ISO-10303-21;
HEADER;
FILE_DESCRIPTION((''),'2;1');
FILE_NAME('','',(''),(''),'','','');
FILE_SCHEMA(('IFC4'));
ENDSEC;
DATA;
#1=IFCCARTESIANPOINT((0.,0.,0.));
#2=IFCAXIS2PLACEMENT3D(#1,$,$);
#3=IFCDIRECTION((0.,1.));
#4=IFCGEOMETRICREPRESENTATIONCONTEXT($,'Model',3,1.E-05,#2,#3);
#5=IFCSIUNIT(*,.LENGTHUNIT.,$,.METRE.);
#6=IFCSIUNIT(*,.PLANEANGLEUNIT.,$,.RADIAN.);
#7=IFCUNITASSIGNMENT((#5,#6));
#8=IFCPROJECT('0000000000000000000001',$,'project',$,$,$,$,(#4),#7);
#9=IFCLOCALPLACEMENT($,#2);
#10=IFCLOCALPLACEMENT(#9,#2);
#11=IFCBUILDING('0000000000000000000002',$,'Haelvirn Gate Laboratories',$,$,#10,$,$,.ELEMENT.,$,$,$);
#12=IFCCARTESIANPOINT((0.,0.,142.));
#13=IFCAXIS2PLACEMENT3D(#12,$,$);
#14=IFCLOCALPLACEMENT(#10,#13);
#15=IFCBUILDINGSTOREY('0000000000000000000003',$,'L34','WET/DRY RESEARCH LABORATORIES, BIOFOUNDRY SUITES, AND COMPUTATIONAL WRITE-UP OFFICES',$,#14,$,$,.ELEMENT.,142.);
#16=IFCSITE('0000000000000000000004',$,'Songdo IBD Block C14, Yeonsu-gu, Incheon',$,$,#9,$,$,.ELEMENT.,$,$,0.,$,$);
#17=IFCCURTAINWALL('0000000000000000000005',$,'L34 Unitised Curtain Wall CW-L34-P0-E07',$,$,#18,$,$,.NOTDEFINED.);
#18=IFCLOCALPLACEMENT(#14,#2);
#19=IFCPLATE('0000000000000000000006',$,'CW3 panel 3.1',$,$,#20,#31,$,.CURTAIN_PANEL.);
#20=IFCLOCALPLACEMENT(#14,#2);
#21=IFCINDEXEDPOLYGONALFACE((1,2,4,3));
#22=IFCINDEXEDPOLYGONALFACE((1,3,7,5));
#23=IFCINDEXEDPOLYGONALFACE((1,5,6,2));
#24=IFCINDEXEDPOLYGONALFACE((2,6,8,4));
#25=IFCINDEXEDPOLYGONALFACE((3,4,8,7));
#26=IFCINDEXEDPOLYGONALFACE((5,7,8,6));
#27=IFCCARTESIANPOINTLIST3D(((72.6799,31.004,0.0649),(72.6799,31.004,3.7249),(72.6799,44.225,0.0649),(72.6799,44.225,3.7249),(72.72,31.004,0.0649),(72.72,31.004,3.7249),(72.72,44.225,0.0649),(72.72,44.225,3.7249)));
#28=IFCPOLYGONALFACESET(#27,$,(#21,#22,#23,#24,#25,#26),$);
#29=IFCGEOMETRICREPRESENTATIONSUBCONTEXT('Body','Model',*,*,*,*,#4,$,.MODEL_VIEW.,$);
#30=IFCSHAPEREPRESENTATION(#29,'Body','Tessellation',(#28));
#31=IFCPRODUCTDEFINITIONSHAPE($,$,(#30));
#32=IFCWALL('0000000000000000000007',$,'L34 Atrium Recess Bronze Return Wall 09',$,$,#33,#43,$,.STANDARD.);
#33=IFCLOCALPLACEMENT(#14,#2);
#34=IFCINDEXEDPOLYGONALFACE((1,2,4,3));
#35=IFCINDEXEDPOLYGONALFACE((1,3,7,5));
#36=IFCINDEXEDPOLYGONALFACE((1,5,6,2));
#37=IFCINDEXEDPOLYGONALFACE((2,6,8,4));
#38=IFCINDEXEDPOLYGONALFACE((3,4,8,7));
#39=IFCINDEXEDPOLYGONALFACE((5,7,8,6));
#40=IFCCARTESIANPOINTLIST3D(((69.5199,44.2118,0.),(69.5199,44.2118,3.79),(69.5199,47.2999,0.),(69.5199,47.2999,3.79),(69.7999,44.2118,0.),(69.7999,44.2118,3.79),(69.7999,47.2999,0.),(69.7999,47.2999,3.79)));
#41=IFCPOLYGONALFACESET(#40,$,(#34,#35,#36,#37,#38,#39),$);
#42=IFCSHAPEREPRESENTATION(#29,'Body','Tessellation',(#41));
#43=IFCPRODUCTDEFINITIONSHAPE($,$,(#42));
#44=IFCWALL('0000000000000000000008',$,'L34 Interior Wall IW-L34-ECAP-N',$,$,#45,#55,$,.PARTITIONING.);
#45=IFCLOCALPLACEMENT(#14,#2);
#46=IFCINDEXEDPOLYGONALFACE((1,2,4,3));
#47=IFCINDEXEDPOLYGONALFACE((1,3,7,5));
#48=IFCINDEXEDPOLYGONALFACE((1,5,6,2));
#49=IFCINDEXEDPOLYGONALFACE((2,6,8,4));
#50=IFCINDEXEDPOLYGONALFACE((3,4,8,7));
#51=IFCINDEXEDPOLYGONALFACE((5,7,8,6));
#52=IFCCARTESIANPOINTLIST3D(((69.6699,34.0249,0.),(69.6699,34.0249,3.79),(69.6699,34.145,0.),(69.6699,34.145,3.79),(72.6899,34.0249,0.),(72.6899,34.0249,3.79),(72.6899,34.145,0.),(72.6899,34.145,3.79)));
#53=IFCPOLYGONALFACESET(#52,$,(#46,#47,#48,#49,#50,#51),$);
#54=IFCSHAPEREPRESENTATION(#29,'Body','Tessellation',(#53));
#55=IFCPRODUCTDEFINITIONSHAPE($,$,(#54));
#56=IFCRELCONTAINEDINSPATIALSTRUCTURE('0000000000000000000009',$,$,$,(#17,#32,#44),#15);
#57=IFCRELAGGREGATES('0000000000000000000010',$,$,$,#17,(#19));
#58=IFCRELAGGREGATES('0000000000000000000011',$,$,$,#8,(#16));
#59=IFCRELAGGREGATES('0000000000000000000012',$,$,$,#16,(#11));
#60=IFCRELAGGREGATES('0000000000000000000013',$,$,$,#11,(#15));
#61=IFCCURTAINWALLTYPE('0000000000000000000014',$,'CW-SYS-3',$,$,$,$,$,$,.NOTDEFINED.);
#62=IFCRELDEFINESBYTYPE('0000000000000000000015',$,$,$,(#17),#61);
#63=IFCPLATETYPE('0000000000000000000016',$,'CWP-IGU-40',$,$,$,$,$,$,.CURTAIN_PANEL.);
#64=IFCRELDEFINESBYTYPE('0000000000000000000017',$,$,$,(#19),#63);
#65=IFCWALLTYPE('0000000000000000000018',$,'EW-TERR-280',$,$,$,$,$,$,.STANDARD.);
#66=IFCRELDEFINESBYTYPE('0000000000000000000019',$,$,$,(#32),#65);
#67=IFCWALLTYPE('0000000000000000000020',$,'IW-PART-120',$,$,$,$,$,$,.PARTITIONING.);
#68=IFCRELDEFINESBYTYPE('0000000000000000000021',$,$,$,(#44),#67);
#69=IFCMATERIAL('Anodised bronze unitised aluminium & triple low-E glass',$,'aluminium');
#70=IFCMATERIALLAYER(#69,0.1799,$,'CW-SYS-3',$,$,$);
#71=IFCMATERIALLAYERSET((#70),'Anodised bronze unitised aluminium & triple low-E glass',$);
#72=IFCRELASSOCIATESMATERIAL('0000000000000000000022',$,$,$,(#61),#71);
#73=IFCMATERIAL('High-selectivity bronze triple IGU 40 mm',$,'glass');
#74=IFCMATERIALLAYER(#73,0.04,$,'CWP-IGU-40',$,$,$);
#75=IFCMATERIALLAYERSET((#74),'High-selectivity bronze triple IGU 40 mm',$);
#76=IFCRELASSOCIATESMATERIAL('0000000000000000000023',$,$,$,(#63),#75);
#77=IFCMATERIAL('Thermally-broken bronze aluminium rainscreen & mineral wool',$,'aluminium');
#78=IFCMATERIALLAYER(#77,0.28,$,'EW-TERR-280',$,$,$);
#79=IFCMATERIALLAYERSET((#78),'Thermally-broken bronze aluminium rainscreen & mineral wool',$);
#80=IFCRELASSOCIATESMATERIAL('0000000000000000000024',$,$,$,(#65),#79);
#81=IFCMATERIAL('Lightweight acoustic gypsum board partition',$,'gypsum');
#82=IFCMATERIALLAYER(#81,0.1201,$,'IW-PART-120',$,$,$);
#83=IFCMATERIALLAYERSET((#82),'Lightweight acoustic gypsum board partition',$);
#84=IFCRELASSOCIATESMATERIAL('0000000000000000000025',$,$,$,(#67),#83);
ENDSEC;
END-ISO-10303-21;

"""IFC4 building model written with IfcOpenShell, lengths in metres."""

from ifc_helpers import new_model, si_unit, direction, frame, frame_2d, origin, origin_2d, place, context, subcontext, project, spatial, rectangle, extrude, source, transform, mapped, material, layer, layer_set, type_object, element, aggregate, save


model = new_model("IFC4")

# Units and contexts
model_context = context("Model", 3, precision=1e-05, world=origin(), true_north=direction((0.0, 1.0)))
body_context = subcontext(model_context, "Body", "Model", "MODEL_VIEW")
ifc_project = project(units=[si_unit("LENGTHUNIT", "METRE"), si_unit("PLANEANGLEUNIT", "RADIAN")], contexts=[model_context])

# Site, building, storey
site_placement = place(None, origin())
site = spatial("IfcSite", under=ifc_project, at=site_placement, Name="Songdo IBD Block C14, Yeonsu-gu, Incheon", CompositionType="ELEMENT", RefElevation=0.0)
building_placement = place(site_placement, origin())
building = spatial("IfcBuilding", under=site, at=building_placement, Name="Haelvirn Gate Laboratories", CompositionType="ELEMENT")
storey_placement = place(building_placement, frame((0.0, 0.0, 142.0)))
storey = spatial("IfcBuildingStorey", under=building, at=storey_placement, Name="L34", Description="WET/DRY RESEARCH LABORATORIES, BIOFOUNDRY SUITES, AND COMPUTATIONAL WRITE-UP OFFICES", CompositionType="ELEMENT", Elevation=142.0)

# Shared definitions
ifc_material_1 = material(Name="Anodised bronze unitised aluminium & triple low-E glass", Category="aluminium")
ifc_layer_1 = layer(ifc_material_1, 0.1799, Name="CW-SYS-3")
ifc_layer_set_1 = layer_set([ifc_layer_1], Name="Anodised bronze unitised aluminium & triple low-E glass")
curtain_wall_type_1 = type_object("IfcCurtainWallType", Name="CW-SYS-3", PredefinedType="NOTDEFINED", material=ifc_layer_set_1)

# Curtain wall
curtain_wall_1_placement = place(storey_placement, origin())
curtain_wall_1 = element("IfcCurtainWall", 1, at=curtain_wall_1_placement, inside=storey, type_object=curtain_wall_type_1, Name="L34 Unitised Curtain Wall CW-L34-P0-E07", PredefinedType="NOTDEFINED")

# Plate
ifc_material_2 = material(Name="High-selectivity bronze triple IGU 40 mm", Category="glass")
ifc_layer_2 = layer(ifc_material_2, 0.04, Name="CWP-IGU-40")
ifc_layer_set_2 = layer_set([ifc_layer_2], Name="High-selectivity bronze triple IGU 40 mm")
plate_type_1 = type_object("IfcPlateType", Name="CWP-IGU-40", PredefinedType="CURTAIN_PANEL", material=ifc_layer_set_2)
shared_shape_1 = source(origin(), body_context, "Body", "SweptSolid", [
    extrude(rectangle(XDim=13.2209, YDim=0.04, at=origin_2d()), origin(), (0.0, 0.0, 1.0), 3.6599),
])
plate_1_placement = place(storey_placement, frame((72.7, 37.6145, 0.0649), z_axis=(0.0, 0.0, 1.0), x_axis=(0.0, 1.0, 0.0)))
plate_1 = element("IfcPlate", 2, at=plate_1_placement, type_object=plate_type_1, Name="CW3 panel 3.1", PredefinedType="CURTAIN_PANEL", context=body_context, shape_type="MappedRepresentation", body=[
    mapped(shared_shape_1, transform((0.0, 0.0, 0.0), scale=1.0)),
])
aggregate(curtain_wall_1, [plate_1])

# Walls
ifc_material_3 = material(Name="Thermally-broken bronze aluminium rainscreen & mineral wool", Category="aluminium")
ifc_layer_3 = layer(ifc_material_3, 0.28, Name="EW-TERR-280")
ifc_layer_set_3 = layer_set([ifc_layer_3], Name="Thermally-broken bronze aluminium rainscreen & mineral wool")
wall_type_1 = type_object("IfcWallType", Name="EW-TERR-280", PredefinedType="STANDARD", material=ifc_layer_set_3)
wall_1_placement = place(storey_placement, frame((69.6599, 44.2119, 0.0), z_axis=(0.0, 0.0, 1.0), x_axis=(0.0, 1.0, 0.0)))
element("IfcWall", 3, at=wall_1_placement, inside=storey, type_object=wall_type_1, Name="L34 Atrium Recess Bronze Return Wall 09", PredefinedType="STANDARD", context=body_context, shape_type="SweptSolid", body=[
    extrude(rectangle(XDim=3.0881, YDim=0.28, at=frame_2d((1.5439, 0.0))), origin(), (0.0, 0.0, 1.0), 3.79),
])
ifc_material_4 = material(Name="Lightweight acoustic gypsum board partition", Category="gypsum")
ifc_layer_4 = layer(ifc_material_4, 0.1201, Name="IW-PART-120")
ifc_layer_set_4 = layer_set([ifc_layer_4], Name="Lightweight acoustic gypsum board partition")
wall_type_2 = type_object("IfcWallType", Name="IW-PART-120", PredefinedType="PARTITIONING", material=ifc_layer_set_4)
wall_2_placement = place(storey_placement, frame((69.6699, 34.085, 0.0), z_axis=(0.0, 0.0, 1.0), x_axis=(1.0, 0.0, 0.0)))
element("IfcWall", 4, at=wall_2_placement, inside=storey, type_object=wall_type_2, Name="L34 Interior Wall IW-L34-ECAP-N", PredefinedType="PARTITIONING", context=body_context, shape_type="SweptSolid", body=[
    extrude(rectangle(XDim=3.02, YDim=0.1201, at=frame_2d((1.51, 0.0))), origin(), (0.0, 0.0, 1.0), 3.79),
])

save(model, "model.ifc")
